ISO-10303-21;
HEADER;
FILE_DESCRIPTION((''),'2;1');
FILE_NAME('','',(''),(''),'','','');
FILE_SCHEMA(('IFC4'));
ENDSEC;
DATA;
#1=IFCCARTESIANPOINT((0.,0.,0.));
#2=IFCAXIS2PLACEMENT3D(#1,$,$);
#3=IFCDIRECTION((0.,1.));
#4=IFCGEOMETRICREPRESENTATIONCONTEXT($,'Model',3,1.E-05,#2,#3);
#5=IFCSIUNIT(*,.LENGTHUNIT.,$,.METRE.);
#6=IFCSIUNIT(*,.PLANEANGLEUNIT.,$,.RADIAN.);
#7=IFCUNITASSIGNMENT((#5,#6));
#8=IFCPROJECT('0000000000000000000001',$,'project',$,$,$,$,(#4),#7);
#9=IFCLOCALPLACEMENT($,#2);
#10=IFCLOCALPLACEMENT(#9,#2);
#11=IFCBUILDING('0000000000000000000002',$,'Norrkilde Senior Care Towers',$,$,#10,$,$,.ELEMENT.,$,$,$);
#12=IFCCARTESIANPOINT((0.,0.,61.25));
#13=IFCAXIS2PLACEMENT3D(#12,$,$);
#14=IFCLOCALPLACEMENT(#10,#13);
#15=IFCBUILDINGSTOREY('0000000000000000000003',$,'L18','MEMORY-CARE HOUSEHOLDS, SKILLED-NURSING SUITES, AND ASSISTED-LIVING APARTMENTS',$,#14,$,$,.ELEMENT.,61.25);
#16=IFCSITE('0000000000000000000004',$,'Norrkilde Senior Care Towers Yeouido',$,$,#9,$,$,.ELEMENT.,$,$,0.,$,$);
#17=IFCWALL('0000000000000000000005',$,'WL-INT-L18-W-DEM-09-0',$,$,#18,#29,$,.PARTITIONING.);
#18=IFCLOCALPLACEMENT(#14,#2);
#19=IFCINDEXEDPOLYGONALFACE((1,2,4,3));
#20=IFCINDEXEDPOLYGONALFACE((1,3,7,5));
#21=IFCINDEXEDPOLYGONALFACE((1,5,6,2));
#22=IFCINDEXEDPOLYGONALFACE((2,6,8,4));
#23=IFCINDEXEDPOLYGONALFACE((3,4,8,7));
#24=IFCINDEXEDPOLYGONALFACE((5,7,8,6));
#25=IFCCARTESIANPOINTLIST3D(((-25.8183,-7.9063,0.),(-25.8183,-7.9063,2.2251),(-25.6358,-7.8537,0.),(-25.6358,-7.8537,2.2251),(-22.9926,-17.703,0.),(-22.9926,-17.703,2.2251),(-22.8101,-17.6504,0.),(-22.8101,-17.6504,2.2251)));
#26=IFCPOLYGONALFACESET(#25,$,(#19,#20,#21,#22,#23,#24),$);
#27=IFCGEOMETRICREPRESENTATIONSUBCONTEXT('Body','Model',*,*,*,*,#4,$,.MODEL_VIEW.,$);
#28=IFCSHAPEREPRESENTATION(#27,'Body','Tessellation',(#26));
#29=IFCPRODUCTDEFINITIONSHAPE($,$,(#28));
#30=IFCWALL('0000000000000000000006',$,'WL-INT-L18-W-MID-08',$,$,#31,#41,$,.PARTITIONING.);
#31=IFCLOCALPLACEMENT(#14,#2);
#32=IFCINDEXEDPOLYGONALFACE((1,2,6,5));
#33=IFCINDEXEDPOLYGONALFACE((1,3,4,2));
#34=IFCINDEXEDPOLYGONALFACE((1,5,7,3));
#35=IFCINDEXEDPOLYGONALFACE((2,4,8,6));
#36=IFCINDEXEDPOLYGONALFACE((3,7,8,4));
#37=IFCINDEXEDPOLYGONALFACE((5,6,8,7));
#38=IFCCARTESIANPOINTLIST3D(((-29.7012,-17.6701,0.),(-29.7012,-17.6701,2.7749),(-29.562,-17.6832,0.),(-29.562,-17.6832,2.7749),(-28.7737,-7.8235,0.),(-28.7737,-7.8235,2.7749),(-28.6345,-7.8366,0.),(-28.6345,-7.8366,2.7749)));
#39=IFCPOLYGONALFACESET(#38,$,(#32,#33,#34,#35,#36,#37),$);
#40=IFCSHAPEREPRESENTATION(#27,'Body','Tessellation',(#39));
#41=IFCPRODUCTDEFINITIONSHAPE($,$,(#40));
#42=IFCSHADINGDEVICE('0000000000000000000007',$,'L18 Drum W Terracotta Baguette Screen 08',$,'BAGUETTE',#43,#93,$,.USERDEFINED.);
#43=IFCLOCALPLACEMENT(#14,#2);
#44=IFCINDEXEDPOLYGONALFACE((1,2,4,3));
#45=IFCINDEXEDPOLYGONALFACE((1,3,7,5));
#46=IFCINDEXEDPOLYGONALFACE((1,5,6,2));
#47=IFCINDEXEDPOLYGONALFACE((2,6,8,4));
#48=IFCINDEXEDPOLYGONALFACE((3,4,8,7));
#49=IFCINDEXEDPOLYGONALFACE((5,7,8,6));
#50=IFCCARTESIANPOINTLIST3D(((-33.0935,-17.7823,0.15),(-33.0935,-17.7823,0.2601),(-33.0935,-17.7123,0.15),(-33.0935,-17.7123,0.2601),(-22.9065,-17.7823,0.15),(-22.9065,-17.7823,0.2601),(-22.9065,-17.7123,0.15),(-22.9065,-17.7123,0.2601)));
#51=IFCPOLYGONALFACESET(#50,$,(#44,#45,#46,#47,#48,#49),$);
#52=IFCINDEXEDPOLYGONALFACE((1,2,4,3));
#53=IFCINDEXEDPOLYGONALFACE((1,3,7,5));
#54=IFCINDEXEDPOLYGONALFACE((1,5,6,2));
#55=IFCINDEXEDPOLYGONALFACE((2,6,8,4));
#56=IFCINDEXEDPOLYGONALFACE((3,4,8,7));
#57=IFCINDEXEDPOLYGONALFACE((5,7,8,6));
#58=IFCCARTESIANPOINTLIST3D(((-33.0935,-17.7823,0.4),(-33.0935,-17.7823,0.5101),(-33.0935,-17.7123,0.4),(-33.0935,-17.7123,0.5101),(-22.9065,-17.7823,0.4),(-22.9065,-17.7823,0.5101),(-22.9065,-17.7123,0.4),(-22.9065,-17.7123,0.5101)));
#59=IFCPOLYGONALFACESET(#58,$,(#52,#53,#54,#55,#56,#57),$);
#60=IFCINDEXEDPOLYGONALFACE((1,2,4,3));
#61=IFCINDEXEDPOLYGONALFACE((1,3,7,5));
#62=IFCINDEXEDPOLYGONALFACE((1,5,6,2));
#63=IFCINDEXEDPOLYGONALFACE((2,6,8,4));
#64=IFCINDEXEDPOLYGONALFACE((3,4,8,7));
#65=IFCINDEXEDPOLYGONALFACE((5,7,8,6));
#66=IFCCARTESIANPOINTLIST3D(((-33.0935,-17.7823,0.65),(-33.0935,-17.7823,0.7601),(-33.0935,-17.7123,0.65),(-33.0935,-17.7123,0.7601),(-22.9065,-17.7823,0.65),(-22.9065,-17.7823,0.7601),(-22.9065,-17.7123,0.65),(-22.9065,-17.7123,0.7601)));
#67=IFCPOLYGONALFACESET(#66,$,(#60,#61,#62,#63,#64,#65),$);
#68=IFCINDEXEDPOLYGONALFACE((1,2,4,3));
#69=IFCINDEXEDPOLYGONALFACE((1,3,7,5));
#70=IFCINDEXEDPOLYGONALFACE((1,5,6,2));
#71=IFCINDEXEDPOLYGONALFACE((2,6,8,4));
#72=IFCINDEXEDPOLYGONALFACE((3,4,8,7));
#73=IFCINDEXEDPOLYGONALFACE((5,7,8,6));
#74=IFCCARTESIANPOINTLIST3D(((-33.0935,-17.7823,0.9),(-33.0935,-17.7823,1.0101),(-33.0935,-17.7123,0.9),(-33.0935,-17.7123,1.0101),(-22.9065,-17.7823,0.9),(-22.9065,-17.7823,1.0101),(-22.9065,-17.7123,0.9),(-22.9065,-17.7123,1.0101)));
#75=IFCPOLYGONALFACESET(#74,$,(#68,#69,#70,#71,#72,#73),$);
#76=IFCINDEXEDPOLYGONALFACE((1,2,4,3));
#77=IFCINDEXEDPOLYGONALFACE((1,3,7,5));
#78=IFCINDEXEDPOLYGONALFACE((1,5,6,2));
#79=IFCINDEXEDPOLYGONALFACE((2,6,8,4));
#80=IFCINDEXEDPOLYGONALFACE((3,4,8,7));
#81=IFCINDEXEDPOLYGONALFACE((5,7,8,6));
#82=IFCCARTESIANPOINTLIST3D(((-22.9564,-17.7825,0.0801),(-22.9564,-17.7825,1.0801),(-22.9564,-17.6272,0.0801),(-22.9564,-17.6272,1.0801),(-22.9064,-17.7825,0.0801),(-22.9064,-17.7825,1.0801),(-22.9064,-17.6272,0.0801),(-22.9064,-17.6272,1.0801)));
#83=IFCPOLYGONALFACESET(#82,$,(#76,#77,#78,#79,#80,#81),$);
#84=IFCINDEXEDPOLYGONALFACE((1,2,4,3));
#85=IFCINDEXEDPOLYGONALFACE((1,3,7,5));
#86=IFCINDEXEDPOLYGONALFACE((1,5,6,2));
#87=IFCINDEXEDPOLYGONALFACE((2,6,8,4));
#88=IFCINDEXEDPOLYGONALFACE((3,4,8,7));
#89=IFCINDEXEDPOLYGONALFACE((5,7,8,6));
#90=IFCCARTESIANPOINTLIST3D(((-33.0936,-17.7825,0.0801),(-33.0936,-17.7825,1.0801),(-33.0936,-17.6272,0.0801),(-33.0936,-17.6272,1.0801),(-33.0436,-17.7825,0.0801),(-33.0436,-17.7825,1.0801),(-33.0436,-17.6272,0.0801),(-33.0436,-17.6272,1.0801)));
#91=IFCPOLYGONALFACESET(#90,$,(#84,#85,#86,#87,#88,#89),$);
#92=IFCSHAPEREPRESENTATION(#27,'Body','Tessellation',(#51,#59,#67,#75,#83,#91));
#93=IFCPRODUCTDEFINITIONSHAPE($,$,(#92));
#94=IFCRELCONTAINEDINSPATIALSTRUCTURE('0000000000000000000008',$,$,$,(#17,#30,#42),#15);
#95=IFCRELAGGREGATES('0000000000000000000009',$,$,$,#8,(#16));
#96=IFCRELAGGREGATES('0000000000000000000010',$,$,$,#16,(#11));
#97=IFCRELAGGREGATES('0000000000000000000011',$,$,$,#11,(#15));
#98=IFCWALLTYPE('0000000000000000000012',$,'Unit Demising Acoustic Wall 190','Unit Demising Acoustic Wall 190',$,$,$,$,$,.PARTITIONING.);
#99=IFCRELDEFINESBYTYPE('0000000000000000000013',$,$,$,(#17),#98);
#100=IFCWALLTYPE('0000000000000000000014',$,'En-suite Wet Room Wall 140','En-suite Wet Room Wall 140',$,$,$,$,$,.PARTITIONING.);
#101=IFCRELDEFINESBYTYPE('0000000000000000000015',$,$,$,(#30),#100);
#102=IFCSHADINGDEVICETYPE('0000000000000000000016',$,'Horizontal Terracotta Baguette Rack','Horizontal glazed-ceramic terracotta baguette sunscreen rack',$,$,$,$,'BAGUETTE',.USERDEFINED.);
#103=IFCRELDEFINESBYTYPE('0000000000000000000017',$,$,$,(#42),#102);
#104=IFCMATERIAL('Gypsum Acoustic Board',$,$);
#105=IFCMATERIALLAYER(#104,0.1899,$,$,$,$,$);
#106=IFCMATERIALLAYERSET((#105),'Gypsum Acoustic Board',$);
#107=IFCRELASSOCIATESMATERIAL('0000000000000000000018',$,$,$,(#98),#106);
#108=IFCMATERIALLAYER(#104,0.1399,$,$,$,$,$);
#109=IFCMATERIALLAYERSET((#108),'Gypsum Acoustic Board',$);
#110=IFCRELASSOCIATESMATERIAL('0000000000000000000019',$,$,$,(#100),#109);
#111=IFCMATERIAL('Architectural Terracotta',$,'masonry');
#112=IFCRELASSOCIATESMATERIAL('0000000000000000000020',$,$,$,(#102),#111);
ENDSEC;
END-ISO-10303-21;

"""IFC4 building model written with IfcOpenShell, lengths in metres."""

from ifc_helpers import new_model, si_unit, direction, frame, frame_2d, origin, origin_2d, place, context, subcontext, project, spatial, rectangle, extrude, source, transform, mapped, material, layer, layer_set, type_object, type_shapes, element, save


model = new_model("IFC4")

# Units and contexts
model_context = context("Model", 3, precision=1e-05, world=origin(), true_north=direction((0.0, 1.0)))
body_context = subcontext(model_context, "Body", "Model", "MODEL_VIEW")
ifc_project = project(units=[si_unit("LENGTHUNIT", "METRE"), si_unit("PLANEANGLEUNIT", "RADIAN")], contexts=[model_context])

# Site, building, storey
site_placement = place(None, origin())
site = spatial("IfcSite", under=ifc_project, at=site_placement, Name="Norrkilde Senior Care Towers Yeouido", CompositionType="ELEMENT", RefElevation=0.0)
building_placement = place(site_placement, origin())
building = spatial("IfcBuilding", under=site, at=building_placement, Name="Norrkilde Senior Care Towers", CompositionType="ELEMENT")
storey_placement = place(building_placement, frame((0.0, 0.0, 61.25)))
storey = spatial("IfcBuildingStorey", under=building, at=storey_placement, Name="L18", Description="MEMORY-CARE HOUSEHOLDS, SKILLED-NURSING SUITES, AND ASSISTED-LIVING APARTMENTS", CompositionType="ELEMENT", Elevation=61.25)

# Shared definitions
ifc_material_1 = material(Name="Gypsum Acoustic Board")

# Walls
ifc_layer_1 = layer(ifc_material_1, 0.1899)
ifc_layer_set_1 = layer_set([ifc_layer_1], Name="Gypsum Acoustic Board")
wall_type_1 = type_object("IfcWallType", Name="Unit Demising Acoustic Wall 190", Description="Unit Demising Acoustic Wall 190", PredefinedType="PARTITIONING", material=ifc_layer_set_1)
shared_shape_1 = source(origin(), body_context, "Body", "SweptSolid", [
    extrude(rectangle(XDim=10.196, YDim=0.1899, at=frame_2d((5.0981, 0.0))), origin(), (0.0, 0.0, 1.0), 2.2251),
])
type_shapes(wall_type_1, [shared_shape_1])
wall_1_placement = place(storey_placement, frame((-25.7271, -7.8799, 0.0), z_axis=(0.0, 0.0, 1.0), x_axis=(0.277136, -0.960831, 0.0)))
element("IfcWall", 1, at=wall_1_placement, inside=storey, type_object=wall_type_1, Name="WL-INT-L18-W-DEM-09-0", PredefinedType="PARTITIONING", context=body_context, shape_type="MappedRepresentation", body=[
    mapped(shared_shape_1, transform((0.0, 0.0, 0.0), x_axis=(1.0, 0.0, 0.0), y_axis=(0.0, 1.0, 0.0), z_axis=(0.0, 0.0, 1.0), scale=1.0)),
])
ifc_layer_2 = layer(ifc_material_1, 0.1399)
ifc_layer_set_2 = layer_set([ifc_layer_2], Name="Gypsum Acoustic Board")
wall_type_2 = type_object("IfcWallType", Name="En-suite Wet Room Wall 140", Description="En-suite Wet Room Wall 140", PredefinedType="PARTITIONING", material=ifc_layer_set_2)
shared_shape_2 = source(origin(), body_context, "Body", "SweptSolid", [
    extrude(rectangle(XDim=9.8901, YDim=0.1399, at=frame_2d((4.9451, 0.0))), origin(), (0.0, 0.0, 1.0), 2.7749),
])
type_shapes(wall_type_2, [shared_shape_2])
wall_2_placement = place(storey_placement, frame((-28.7041, -7.8301, 0.0), z_axis=(0.0, 0.0, 1.0), x_axis=(-0.09378, -0.995593, 0.0)))
element("IfcWall", 2, at=wall_2_placement, inside=storey, type_object=wall_type_2, Name="WL-INT-L18-W-MID-08", PredefinedType="PARTITIONING", context=body_context, shape_type="MappedRepresentation", body=[
    mapped(shared_shape_2, transform((0.0, 0.0, 0.0), x_axis=(1.0, 0.0, 0.0), y_axis=(0.0, 1.0, 0.0), z_axis=(0.0, 0.0, 1.0), scale=1.0)),
])

# Shading device
ifc_material_2 = material(Name="Architectural Terracotta", Category="masonry")
shading_device_type = type_object("IfcShadingDeviceType", Name="Horizontal Terracotta Baguette Rack", Description="Horizontal glazed-ceramic terracotta baguette sunscreen rack", ElementType="BAGUETTE", PredefinedType="USERDEFINED", material=ifc_material_2)
shared_shape_3 = source(origin(), body_context, "Body", "SweptSolid", [
    extrude(rectangle(XDim=0.0701, YDim=0.1101, at=origin_2d()), frame((0.0, 0.0901, 0.125), z_axis=(1.0, 0.0, 0.0), x_axis=(0.0, 1.0, 0.0)), (0.0, 0.0, 1.0), 10.187),
    extrude(rectangle(XDim=0.0701, YDim=0.1101, at=origin_2d()), frame((0.0, 0.0901, 0.375), z_axis=(1.0, 0.0, 0.0), x_axis=(0.0, 1.0, 0.0)), (0.0, 0.0, 1.0), 10.187),
    extrude(rectangle(XDim=0.0701, YDim=0.1101, at=origin_2d()), frame((0.0, 0.0901, 0.625), z_axis=(1.0, 0.0, 0.0), x_axis=(0.0, 1.0, 0.0)), (0.0, 0.0, 1.0), 10.187),
    extrude(rectangle(XDim=0.0701, YDim=0.1101, at=origin_2d()), frame((0.0, 0.0901, 0.875), z_axis=(1.0, 0.0, 0.0), x_axis=(0.0, 1.0, 0.0)), (0.0, 0.0, 1.0), 10.187),
    extrude(rectangle(XDim=0.05, YDim=0.1553, at=origin_2d()), frame((0.0249, 0.0476, 0.0)), (0.0, 0.0, 1.0), 1.0),
    extrude(rectangle(XDim=0.05, YDim=0.1553, at=origin_2d()), frame((10.1621, 0.0476, 0.0)), (0.0, 0.0, 1.0), 1.0),
])
type_shapes(shading_device_type, [shared_shape_3])
shading_device_placement = place(storey_placement, frame((-22.9065, -17.6572, 0.0801), z_axis=(0.0, 0.0, 1.0), x_axis=(-1.0, 0.0, 0.0)))
element("IfcShadingDevice", 3, at=shading_device_placement, inside=storey, type_object=shading_device_type, Name="L18 Drum W Terracotta Baguette Screen 08", ObjectType="BAGUETTE", PredefinedType="USERDEFINED", context=body_context, shape_type="MappedRepresentation", body=[
    mapped(shared_shape_3, transform((0.0, 0.0, 0.0), x_axis=(1.0, 0.0, 0.0), y_axis=(0.0, 1.0, 0.0), z_axis=(0.0, 0.0, 1.0), scale=1.0)),
])

save(model, "model.ifc")
